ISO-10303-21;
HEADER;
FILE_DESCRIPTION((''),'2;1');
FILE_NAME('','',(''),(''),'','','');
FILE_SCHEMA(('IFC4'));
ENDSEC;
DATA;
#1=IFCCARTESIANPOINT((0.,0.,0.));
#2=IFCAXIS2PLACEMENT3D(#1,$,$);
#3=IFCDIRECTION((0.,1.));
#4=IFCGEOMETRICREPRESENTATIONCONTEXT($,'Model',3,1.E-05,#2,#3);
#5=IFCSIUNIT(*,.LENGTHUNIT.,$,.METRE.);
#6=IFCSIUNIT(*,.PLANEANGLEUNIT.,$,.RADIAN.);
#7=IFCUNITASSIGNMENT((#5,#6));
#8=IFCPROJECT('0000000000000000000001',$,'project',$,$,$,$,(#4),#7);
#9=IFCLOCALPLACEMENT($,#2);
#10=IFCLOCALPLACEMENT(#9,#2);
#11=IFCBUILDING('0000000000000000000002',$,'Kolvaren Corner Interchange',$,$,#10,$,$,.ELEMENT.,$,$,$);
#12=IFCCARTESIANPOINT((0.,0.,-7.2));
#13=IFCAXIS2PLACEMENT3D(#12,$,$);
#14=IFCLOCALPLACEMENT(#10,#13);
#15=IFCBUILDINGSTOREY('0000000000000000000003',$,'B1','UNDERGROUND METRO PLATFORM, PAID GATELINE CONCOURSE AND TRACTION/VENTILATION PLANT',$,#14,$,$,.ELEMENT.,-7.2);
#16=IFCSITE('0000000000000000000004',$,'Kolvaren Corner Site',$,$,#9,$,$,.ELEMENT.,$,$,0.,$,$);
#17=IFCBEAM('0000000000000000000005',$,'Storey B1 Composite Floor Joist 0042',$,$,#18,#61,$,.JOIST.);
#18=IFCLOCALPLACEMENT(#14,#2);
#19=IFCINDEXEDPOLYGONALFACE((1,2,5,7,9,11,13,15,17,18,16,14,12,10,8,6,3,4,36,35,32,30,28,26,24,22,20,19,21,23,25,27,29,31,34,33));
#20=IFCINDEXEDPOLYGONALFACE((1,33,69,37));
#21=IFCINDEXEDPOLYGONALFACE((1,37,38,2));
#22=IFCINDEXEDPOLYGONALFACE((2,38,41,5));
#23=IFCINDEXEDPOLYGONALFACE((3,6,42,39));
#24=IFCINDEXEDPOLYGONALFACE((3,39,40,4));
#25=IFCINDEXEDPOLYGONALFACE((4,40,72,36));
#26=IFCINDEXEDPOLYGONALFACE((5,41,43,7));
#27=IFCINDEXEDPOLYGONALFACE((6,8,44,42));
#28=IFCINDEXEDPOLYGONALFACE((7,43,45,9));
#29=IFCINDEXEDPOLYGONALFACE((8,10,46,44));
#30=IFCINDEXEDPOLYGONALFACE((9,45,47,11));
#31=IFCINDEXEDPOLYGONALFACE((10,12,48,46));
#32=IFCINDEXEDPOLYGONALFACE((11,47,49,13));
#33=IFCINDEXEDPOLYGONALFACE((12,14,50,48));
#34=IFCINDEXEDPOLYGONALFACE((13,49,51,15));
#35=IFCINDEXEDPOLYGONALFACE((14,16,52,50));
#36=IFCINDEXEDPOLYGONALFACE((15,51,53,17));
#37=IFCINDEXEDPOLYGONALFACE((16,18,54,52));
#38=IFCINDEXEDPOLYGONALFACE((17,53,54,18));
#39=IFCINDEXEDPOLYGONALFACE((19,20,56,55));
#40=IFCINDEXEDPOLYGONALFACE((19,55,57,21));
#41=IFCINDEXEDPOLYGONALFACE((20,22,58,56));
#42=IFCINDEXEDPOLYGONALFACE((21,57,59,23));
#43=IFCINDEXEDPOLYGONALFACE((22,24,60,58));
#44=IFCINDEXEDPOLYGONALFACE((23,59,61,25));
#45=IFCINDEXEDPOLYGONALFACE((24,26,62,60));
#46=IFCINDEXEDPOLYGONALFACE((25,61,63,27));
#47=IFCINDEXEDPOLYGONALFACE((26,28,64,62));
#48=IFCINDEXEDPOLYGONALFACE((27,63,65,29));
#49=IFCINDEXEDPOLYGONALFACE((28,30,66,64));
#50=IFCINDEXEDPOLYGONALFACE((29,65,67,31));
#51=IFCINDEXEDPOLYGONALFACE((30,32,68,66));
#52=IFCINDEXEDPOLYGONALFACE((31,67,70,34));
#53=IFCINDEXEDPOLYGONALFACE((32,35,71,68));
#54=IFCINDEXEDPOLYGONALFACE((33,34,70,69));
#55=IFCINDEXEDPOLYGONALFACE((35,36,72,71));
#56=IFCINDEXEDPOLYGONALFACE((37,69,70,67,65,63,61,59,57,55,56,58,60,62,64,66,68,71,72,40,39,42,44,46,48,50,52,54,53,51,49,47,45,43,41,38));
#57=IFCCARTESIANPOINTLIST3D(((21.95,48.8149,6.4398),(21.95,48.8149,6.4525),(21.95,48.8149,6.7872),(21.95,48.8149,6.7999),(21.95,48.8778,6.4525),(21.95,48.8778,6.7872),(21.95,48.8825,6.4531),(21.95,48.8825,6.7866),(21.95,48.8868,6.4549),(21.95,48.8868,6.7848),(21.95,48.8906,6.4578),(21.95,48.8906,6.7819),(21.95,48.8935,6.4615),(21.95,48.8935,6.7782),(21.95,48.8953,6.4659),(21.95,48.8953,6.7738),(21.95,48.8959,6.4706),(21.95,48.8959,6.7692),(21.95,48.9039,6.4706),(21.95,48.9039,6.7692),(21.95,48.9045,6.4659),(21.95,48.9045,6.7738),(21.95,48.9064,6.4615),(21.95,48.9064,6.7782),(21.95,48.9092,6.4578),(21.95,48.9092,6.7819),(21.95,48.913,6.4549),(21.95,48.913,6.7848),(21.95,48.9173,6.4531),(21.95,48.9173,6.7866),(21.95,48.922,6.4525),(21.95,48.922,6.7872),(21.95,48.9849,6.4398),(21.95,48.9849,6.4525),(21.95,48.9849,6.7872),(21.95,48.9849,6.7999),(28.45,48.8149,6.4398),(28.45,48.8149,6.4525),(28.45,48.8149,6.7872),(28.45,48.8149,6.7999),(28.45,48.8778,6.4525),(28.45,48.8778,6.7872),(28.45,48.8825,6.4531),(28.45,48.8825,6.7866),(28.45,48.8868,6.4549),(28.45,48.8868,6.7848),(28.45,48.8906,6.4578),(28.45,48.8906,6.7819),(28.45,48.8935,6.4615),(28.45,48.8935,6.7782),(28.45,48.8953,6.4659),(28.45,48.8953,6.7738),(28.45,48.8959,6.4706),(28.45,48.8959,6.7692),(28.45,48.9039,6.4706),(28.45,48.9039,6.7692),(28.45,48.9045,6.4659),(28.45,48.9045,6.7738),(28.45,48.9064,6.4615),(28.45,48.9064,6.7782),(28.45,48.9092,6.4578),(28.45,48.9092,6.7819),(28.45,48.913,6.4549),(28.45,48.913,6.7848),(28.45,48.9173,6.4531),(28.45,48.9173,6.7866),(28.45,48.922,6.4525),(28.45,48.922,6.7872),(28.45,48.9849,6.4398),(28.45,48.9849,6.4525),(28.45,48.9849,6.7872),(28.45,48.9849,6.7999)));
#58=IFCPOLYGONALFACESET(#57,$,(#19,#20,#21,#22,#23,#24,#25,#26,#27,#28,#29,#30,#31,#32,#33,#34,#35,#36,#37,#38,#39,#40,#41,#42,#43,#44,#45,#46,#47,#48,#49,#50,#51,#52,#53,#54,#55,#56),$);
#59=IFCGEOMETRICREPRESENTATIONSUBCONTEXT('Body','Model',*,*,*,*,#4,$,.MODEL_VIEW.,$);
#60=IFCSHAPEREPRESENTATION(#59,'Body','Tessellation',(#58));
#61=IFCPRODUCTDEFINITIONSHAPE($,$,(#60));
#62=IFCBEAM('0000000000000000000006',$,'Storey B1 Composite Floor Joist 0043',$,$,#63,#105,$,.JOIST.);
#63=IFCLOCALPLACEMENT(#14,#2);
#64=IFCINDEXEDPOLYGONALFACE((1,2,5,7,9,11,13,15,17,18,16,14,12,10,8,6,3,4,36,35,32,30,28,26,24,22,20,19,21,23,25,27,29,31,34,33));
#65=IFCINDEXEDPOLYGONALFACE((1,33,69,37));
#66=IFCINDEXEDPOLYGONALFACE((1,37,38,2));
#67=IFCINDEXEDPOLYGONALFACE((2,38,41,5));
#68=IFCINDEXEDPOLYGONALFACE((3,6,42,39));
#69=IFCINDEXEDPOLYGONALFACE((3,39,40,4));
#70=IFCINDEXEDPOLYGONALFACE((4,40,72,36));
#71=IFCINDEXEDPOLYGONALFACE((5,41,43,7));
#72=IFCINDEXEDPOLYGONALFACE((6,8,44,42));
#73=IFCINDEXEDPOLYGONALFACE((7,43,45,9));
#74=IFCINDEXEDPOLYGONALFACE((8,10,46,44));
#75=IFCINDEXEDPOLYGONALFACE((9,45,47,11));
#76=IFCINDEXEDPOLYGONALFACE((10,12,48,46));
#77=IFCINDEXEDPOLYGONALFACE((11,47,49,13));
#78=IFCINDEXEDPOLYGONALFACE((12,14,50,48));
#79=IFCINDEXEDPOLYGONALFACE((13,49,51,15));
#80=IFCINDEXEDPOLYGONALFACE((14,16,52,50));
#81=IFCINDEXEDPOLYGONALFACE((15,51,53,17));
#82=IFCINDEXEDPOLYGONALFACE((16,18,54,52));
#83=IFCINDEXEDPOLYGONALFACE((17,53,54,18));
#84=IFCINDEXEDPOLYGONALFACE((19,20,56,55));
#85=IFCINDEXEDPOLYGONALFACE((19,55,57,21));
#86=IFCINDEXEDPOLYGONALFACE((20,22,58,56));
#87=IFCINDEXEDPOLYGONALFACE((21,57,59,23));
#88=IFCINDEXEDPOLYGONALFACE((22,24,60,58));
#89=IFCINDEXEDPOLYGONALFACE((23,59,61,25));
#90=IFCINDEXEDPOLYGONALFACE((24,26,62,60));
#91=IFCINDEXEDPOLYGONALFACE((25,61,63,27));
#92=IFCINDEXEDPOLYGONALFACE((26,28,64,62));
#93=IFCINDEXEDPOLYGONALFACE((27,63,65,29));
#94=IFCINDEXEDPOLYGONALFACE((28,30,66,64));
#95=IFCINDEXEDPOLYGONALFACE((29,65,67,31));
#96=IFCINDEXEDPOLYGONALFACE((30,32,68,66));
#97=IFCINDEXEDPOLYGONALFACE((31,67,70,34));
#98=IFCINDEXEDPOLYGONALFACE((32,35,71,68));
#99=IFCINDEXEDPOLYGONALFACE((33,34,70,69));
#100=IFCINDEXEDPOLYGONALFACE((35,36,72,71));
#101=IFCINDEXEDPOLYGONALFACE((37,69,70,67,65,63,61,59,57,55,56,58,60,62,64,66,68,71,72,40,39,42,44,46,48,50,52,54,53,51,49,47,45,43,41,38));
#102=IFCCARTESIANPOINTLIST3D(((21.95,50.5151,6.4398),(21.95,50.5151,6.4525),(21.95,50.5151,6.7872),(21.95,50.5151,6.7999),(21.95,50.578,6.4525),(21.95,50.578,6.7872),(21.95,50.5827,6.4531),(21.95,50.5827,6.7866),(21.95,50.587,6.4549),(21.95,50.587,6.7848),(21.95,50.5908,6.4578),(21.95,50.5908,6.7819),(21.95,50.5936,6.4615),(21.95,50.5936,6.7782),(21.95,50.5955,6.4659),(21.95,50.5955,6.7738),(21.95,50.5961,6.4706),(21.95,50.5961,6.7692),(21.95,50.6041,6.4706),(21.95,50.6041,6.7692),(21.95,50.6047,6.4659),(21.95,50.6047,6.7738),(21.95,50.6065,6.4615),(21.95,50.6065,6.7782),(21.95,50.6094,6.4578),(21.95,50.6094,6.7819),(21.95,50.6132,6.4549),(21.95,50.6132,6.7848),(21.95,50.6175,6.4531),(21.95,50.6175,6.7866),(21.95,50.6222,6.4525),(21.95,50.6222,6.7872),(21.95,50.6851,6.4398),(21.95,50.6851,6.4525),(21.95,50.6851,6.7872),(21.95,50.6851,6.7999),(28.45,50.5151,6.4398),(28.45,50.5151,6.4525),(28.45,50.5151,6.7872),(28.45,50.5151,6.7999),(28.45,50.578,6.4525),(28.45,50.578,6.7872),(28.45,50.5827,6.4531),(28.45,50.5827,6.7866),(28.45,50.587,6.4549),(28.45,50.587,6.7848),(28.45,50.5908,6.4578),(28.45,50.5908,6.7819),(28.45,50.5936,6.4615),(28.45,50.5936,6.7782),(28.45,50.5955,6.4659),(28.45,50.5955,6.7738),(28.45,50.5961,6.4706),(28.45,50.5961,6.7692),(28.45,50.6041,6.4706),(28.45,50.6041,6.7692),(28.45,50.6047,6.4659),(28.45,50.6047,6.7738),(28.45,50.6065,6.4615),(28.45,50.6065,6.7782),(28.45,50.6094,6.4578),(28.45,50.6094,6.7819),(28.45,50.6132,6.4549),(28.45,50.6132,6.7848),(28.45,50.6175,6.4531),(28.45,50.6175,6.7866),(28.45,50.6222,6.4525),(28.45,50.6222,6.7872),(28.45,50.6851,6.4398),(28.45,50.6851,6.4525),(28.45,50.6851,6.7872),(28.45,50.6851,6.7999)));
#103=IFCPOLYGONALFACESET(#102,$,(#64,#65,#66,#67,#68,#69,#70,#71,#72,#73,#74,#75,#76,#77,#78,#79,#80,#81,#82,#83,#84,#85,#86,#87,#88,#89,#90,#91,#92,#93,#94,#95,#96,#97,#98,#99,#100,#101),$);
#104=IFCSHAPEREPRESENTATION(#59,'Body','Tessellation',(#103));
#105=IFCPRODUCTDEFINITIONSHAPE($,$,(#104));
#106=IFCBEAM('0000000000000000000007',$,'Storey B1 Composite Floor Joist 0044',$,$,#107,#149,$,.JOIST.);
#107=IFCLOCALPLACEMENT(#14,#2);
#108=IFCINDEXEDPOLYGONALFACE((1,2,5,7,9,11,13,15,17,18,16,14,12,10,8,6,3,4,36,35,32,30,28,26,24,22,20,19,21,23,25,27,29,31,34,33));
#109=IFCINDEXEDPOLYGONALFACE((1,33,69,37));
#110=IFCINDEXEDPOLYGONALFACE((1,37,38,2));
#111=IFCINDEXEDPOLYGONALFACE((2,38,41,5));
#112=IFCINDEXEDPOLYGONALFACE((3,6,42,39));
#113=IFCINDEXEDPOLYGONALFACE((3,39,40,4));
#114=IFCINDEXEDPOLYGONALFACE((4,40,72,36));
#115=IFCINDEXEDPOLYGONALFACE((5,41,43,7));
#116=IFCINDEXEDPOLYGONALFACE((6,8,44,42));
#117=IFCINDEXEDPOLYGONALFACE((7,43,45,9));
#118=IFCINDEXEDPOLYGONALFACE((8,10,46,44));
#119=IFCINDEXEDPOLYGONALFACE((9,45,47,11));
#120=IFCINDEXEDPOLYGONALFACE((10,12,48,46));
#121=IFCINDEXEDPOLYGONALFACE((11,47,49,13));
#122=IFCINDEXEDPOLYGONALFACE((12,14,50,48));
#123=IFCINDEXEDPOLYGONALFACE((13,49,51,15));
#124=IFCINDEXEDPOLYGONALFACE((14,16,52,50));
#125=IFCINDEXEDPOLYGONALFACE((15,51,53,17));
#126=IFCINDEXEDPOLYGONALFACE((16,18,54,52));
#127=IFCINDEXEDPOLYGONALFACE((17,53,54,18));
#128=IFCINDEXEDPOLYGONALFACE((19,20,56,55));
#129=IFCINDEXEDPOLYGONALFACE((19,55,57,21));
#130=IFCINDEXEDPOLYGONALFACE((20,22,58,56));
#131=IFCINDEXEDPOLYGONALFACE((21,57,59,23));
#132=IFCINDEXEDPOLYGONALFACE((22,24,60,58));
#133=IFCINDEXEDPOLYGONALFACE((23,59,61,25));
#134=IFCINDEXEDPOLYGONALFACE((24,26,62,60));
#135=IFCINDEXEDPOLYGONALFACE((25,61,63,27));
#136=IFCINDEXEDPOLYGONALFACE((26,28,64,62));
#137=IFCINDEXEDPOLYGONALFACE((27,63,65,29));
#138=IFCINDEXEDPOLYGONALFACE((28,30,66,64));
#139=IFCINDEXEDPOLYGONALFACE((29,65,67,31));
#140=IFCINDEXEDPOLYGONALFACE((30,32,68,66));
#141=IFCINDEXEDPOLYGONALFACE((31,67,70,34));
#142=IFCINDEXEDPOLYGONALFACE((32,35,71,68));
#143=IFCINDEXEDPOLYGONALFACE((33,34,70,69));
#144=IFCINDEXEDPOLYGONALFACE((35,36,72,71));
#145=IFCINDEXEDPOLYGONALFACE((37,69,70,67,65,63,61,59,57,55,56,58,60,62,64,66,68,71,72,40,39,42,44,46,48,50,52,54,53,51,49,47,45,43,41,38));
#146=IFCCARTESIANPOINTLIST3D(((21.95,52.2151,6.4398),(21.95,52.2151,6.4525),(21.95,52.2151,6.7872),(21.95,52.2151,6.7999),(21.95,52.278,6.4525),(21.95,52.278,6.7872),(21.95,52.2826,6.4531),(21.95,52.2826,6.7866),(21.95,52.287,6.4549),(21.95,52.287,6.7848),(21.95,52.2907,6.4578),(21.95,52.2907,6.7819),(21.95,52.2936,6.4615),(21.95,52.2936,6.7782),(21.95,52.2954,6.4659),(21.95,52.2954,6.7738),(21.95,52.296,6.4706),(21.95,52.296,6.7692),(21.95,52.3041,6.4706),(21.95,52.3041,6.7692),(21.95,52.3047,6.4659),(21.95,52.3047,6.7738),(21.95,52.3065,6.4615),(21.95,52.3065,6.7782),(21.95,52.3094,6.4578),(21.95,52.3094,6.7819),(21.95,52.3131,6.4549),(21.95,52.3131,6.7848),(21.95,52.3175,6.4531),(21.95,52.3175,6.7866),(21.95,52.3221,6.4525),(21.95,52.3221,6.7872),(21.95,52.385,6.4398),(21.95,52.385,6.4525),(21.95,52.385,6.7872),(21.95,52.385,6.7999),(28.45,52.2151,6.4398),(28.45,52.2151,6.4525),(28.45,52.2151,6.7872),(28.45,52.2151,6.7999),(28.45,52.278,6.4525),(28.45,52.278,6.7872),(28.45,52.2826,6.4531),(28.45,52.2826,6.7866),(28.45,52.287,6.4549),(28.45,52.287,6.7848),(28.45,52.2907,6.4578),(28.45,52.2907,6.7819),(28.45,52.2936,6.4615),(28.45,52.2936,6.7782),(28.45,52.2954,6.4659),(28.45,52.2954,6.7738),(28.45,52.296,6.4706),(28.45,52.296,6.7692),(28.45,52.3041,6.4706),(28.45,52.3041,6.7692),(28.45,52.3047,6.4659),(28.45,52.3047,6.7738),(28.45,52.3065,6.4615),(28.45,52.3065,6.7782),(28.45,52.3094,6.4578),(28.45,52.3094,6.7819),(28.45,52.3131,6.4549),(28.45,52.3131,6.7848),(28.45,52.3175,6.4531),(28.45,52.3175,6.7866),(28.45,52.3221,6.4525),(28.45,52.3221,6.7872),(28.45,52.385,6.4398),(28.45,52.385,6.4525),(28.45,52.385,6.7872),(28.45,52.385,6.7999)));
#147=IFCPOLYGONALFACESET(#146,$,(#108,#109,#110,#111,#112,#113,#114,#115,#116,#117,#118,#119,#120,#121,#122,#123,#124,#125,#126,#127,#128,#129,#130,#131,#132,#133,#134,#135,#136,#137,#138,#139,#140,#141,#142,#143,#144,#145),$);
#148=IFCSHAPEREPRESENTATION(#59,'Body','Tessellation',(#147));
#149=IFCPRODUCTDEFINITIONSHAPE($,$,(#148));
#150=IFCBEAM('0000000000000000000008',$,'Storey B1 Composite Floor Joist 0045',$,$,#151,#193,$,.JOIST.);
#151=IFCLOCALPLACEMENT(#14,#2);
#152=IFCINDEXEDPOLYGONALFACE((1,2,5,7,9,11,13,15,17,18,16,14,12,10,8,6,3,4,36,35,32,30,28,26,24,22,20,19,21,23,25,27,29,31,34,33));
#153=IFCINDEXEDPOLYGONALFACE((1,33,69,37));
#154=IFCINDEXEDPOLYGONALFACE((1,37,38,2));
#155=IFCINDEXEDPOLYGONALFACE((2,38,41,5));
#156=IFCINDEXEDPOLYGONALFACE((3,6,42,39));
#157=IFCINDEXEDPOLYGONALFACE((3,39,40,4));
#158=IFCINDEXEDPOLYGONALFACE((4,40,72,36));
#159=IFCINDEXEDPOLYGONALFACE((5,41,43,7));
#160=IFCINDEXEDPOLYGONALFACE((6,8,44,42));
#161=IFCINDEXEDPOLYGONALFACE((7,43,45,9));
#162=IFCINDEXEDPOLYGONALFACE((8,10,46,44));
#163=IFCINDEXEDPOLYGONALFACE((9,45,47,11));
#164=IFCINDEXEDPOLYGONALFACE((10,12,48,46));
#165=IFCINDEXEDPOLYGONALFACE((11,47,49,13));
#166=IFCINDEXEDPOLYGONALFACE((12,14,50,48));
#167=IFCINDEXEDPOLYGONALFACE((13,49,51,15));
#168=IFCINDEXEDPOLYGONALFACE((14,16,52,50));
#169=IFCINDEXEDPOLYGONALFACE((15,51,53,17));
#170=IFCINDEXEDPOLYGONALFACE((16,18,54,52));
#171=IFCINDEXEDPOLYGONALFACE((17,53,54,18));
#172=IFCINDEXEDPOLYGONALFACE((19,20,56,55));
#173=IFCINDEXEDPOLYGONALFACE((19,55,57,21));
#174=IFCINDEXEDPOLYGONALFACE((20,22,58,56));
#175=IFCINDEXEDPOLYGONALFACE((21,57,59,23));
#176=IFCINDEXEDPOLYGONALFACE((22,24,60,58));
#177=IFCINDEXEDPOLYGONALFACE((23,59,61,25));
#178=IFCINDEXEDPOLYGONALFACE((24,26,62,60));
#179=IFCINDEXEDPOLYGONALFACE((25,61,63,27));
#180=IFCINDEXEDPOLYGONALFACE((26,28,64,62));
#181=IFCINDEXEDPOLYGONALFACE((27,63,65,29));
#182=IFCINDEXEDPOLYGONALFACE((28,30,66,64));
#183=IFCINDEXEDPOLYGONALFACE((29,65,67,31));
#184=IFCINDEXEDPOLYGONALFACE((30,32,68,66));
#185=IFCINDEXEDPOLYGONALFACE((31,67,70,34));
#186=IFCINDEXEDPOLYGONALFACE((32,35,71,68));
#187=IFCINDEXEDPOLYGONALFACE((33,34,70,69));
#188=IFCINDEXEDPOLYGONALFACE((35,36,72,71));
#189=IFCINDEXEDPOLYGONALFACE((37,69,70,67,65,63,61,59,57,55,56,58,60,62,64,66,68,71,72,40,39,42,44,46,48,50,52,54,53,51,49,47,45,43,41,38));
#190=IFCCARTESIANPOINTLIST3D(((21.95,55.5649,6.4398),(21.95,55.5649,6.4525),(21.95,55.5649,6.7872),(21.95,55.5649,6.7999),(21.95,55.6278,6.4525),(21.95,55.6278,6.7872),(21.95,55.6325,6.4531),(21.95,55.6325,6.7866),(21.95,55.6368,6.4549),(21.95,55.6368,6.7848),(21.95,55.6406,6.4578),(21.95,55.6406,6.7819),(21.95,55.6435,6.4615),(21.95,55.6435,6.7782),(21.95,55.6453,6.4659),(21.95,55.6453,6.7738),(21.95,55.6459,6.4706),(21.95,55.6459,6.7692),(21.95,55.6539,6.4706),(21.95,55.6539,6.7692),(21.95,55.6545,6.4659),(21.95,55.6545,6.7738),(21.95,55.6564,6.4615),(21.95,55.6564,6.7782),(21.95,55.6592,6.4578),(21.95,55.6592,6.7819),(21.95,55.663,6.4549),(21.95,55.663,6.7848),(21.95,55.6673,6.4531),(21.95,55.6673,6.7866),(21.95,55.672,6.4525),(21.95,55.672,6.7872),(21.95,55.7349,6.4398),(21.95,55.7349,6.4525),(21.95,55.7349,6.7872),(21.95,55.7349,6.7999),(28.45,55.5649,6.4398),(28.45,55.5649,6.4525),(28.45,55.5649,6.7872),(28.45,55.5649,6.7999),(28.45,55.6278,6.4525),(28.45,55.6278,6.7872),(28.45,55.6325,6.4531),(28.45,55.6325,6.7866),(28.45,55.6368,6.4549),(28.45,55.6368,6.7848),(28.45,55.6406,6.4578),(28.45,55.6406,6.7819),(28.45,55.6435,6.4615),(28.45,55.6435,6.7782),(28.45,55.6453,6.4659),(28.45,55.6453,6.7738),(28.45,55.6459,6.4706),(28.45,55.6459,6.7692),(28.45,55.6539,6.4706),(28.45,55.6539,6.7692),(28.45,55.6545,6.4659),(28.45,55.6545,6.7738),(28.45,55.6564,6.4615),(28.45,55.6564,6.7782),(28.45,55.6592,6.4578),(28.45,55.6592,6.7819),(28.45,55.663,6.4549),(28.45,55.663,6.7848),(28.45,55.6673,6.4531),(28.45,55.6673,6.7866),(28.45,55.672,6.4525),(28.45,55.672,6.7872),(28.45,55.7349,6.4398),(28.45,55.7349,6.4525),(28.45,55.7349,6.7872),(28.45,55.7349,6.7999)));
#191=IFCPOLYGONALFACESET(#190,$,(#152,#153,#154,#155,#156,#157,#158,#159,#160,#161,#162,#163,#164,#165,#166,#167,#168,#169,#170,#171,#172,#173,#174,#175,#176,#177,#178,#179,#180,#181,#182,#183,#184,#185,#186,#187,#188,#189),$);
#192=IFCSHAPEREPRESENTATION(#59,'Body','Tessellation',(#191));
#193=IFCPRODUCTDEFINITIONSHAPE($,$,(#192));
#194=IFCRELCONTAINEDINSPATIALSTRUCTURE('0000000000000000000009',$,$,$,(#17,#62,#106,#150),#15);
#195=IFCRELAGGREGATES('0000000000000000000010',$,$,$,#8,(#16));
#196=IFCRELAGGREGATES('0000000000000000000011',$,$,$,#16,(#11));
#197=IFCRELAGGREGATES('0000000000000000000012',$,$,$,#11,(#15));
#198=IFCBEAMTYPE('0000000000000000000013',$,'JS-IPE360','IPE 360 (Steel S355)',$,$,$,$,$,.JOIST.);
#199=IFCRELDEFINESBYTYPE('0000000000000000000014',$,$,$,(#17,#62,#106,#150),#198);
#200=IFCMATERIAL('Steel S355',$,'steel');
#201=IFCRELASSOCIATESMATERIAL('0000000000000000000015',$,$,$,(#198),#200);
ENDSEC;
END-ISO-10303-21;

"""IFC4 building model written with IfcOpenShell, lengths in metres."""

from ifc_helpers import new_model, si_unit, direction, frame, origin, origin_2d, place, context, subcontext, project, spatial, i_section, extrude, material, material_profile, profile_set, type_object, element, save


model = new_model("IFC4")

# Units and contexts
model_context = context("Model", 3, precision=1e-05, world=origin(), true_north=direction((0.0, 1.0)))
body_context = subcontext(model_context, "Body", "Model", "MODEL_VIEW")
ifc_project = project(units=[si_unit("LENGTHUNIT", "METRE"), si_unit("PLANEANGLEUNIT", "RADIAN")], contexts=[model_context])

# Site, building, storey
site_placement = place(None, origin())
site = spatial("IfcSite", under=ifc_project, at=site_placement, Name="Kolvaren Corner Site", CompositionType="ELEMENT", RefElevation=0.0)
building_placement = place(site_placement, origin())
building = spatial("IfcBuilding", under=site, at=building_placement, Name="Kolvaren Corner Interchange", CompositionType="ELEMENT")
storey_placement = place(building_placement, frame((0.0, 0.0, -7.2)))
storey = spatial("IfcBuildingStorey", under=building, at=storey_placement, Name="B1", Description="UNDERGROUND METRO PLATFORM, PAID GATELINE CONCOURSE AND TRACTION/VENTILATION PLANT", CompositionType="ELEMENT", Elevation=-7.2)

# Beams
ifc_material_1 = material(Name="Steel S355", Category="steel")
ifc_material_profile_1 = material_profile(ifc_material_1, i_section(OverallWidth=0.1699, OverallDepth=0.3601, WebThickness=0.0081, FlangeThickness=0.0127, FilletRadius=0.0181, at=origin_2d()), Name="IPE 360")
ifc_profile_set_1 = profile_set([ifc_material_profile_1], Name="Steel S355")
beam_type_1 = type_object("IfcBeamType", Name="JS-IPE360", Description="IPE 360 (Steel S355)", PredefinedType="JOIST", material=ifc_profile_set_1)
for number, where, z_axis, x_axis, name in (
    (1, (21.95, 48.8999, 6.6199), (1.0, 0.0, 0.0), (0.0, 1.0, 0.0), "Storey B1 Composite Floor Joist 0042"),
    (2, (21.95, 50.6001, 6.6199), (1.0, 0.0, 0.0), (0.0, 1.0, 0.0), "Storey B1 Composite Floor Joist 0043"),
    (3, (21.95, 52.3, 6.6199), (1.0, 0.0, 0.0), (0.0, 1.0, 0.0), "Storey B1 Composite Floor Joist 0044"),
    (4, (21.95, 55.6499, 6.6199), (1.0, 0.0, 0.0), (0.0, 1.0, 0.0), "Storey B1 Composite Floor Joist 0045"),
):
    element("IfcBeam", number, at=place(storey_placement, frame(where, z_axis=z_axis, x_axis=x_axis)), inside=storey, type_object=beam_type_1, Name=name, PredefinedType="JOIST", context=body_context, shape_type="SweptSolid", body=[
        extrude(i_section(OverallWidth=0.1699, OverallDepth=0.3601, WebThickness=0.0081, FlangeThickness=0.0127, FilletRadius=0.0181, at=origin_2d()), origin(), (0.0, 0.0, 1.0), 6.5),
    ])

save(model, "model.ifc")
